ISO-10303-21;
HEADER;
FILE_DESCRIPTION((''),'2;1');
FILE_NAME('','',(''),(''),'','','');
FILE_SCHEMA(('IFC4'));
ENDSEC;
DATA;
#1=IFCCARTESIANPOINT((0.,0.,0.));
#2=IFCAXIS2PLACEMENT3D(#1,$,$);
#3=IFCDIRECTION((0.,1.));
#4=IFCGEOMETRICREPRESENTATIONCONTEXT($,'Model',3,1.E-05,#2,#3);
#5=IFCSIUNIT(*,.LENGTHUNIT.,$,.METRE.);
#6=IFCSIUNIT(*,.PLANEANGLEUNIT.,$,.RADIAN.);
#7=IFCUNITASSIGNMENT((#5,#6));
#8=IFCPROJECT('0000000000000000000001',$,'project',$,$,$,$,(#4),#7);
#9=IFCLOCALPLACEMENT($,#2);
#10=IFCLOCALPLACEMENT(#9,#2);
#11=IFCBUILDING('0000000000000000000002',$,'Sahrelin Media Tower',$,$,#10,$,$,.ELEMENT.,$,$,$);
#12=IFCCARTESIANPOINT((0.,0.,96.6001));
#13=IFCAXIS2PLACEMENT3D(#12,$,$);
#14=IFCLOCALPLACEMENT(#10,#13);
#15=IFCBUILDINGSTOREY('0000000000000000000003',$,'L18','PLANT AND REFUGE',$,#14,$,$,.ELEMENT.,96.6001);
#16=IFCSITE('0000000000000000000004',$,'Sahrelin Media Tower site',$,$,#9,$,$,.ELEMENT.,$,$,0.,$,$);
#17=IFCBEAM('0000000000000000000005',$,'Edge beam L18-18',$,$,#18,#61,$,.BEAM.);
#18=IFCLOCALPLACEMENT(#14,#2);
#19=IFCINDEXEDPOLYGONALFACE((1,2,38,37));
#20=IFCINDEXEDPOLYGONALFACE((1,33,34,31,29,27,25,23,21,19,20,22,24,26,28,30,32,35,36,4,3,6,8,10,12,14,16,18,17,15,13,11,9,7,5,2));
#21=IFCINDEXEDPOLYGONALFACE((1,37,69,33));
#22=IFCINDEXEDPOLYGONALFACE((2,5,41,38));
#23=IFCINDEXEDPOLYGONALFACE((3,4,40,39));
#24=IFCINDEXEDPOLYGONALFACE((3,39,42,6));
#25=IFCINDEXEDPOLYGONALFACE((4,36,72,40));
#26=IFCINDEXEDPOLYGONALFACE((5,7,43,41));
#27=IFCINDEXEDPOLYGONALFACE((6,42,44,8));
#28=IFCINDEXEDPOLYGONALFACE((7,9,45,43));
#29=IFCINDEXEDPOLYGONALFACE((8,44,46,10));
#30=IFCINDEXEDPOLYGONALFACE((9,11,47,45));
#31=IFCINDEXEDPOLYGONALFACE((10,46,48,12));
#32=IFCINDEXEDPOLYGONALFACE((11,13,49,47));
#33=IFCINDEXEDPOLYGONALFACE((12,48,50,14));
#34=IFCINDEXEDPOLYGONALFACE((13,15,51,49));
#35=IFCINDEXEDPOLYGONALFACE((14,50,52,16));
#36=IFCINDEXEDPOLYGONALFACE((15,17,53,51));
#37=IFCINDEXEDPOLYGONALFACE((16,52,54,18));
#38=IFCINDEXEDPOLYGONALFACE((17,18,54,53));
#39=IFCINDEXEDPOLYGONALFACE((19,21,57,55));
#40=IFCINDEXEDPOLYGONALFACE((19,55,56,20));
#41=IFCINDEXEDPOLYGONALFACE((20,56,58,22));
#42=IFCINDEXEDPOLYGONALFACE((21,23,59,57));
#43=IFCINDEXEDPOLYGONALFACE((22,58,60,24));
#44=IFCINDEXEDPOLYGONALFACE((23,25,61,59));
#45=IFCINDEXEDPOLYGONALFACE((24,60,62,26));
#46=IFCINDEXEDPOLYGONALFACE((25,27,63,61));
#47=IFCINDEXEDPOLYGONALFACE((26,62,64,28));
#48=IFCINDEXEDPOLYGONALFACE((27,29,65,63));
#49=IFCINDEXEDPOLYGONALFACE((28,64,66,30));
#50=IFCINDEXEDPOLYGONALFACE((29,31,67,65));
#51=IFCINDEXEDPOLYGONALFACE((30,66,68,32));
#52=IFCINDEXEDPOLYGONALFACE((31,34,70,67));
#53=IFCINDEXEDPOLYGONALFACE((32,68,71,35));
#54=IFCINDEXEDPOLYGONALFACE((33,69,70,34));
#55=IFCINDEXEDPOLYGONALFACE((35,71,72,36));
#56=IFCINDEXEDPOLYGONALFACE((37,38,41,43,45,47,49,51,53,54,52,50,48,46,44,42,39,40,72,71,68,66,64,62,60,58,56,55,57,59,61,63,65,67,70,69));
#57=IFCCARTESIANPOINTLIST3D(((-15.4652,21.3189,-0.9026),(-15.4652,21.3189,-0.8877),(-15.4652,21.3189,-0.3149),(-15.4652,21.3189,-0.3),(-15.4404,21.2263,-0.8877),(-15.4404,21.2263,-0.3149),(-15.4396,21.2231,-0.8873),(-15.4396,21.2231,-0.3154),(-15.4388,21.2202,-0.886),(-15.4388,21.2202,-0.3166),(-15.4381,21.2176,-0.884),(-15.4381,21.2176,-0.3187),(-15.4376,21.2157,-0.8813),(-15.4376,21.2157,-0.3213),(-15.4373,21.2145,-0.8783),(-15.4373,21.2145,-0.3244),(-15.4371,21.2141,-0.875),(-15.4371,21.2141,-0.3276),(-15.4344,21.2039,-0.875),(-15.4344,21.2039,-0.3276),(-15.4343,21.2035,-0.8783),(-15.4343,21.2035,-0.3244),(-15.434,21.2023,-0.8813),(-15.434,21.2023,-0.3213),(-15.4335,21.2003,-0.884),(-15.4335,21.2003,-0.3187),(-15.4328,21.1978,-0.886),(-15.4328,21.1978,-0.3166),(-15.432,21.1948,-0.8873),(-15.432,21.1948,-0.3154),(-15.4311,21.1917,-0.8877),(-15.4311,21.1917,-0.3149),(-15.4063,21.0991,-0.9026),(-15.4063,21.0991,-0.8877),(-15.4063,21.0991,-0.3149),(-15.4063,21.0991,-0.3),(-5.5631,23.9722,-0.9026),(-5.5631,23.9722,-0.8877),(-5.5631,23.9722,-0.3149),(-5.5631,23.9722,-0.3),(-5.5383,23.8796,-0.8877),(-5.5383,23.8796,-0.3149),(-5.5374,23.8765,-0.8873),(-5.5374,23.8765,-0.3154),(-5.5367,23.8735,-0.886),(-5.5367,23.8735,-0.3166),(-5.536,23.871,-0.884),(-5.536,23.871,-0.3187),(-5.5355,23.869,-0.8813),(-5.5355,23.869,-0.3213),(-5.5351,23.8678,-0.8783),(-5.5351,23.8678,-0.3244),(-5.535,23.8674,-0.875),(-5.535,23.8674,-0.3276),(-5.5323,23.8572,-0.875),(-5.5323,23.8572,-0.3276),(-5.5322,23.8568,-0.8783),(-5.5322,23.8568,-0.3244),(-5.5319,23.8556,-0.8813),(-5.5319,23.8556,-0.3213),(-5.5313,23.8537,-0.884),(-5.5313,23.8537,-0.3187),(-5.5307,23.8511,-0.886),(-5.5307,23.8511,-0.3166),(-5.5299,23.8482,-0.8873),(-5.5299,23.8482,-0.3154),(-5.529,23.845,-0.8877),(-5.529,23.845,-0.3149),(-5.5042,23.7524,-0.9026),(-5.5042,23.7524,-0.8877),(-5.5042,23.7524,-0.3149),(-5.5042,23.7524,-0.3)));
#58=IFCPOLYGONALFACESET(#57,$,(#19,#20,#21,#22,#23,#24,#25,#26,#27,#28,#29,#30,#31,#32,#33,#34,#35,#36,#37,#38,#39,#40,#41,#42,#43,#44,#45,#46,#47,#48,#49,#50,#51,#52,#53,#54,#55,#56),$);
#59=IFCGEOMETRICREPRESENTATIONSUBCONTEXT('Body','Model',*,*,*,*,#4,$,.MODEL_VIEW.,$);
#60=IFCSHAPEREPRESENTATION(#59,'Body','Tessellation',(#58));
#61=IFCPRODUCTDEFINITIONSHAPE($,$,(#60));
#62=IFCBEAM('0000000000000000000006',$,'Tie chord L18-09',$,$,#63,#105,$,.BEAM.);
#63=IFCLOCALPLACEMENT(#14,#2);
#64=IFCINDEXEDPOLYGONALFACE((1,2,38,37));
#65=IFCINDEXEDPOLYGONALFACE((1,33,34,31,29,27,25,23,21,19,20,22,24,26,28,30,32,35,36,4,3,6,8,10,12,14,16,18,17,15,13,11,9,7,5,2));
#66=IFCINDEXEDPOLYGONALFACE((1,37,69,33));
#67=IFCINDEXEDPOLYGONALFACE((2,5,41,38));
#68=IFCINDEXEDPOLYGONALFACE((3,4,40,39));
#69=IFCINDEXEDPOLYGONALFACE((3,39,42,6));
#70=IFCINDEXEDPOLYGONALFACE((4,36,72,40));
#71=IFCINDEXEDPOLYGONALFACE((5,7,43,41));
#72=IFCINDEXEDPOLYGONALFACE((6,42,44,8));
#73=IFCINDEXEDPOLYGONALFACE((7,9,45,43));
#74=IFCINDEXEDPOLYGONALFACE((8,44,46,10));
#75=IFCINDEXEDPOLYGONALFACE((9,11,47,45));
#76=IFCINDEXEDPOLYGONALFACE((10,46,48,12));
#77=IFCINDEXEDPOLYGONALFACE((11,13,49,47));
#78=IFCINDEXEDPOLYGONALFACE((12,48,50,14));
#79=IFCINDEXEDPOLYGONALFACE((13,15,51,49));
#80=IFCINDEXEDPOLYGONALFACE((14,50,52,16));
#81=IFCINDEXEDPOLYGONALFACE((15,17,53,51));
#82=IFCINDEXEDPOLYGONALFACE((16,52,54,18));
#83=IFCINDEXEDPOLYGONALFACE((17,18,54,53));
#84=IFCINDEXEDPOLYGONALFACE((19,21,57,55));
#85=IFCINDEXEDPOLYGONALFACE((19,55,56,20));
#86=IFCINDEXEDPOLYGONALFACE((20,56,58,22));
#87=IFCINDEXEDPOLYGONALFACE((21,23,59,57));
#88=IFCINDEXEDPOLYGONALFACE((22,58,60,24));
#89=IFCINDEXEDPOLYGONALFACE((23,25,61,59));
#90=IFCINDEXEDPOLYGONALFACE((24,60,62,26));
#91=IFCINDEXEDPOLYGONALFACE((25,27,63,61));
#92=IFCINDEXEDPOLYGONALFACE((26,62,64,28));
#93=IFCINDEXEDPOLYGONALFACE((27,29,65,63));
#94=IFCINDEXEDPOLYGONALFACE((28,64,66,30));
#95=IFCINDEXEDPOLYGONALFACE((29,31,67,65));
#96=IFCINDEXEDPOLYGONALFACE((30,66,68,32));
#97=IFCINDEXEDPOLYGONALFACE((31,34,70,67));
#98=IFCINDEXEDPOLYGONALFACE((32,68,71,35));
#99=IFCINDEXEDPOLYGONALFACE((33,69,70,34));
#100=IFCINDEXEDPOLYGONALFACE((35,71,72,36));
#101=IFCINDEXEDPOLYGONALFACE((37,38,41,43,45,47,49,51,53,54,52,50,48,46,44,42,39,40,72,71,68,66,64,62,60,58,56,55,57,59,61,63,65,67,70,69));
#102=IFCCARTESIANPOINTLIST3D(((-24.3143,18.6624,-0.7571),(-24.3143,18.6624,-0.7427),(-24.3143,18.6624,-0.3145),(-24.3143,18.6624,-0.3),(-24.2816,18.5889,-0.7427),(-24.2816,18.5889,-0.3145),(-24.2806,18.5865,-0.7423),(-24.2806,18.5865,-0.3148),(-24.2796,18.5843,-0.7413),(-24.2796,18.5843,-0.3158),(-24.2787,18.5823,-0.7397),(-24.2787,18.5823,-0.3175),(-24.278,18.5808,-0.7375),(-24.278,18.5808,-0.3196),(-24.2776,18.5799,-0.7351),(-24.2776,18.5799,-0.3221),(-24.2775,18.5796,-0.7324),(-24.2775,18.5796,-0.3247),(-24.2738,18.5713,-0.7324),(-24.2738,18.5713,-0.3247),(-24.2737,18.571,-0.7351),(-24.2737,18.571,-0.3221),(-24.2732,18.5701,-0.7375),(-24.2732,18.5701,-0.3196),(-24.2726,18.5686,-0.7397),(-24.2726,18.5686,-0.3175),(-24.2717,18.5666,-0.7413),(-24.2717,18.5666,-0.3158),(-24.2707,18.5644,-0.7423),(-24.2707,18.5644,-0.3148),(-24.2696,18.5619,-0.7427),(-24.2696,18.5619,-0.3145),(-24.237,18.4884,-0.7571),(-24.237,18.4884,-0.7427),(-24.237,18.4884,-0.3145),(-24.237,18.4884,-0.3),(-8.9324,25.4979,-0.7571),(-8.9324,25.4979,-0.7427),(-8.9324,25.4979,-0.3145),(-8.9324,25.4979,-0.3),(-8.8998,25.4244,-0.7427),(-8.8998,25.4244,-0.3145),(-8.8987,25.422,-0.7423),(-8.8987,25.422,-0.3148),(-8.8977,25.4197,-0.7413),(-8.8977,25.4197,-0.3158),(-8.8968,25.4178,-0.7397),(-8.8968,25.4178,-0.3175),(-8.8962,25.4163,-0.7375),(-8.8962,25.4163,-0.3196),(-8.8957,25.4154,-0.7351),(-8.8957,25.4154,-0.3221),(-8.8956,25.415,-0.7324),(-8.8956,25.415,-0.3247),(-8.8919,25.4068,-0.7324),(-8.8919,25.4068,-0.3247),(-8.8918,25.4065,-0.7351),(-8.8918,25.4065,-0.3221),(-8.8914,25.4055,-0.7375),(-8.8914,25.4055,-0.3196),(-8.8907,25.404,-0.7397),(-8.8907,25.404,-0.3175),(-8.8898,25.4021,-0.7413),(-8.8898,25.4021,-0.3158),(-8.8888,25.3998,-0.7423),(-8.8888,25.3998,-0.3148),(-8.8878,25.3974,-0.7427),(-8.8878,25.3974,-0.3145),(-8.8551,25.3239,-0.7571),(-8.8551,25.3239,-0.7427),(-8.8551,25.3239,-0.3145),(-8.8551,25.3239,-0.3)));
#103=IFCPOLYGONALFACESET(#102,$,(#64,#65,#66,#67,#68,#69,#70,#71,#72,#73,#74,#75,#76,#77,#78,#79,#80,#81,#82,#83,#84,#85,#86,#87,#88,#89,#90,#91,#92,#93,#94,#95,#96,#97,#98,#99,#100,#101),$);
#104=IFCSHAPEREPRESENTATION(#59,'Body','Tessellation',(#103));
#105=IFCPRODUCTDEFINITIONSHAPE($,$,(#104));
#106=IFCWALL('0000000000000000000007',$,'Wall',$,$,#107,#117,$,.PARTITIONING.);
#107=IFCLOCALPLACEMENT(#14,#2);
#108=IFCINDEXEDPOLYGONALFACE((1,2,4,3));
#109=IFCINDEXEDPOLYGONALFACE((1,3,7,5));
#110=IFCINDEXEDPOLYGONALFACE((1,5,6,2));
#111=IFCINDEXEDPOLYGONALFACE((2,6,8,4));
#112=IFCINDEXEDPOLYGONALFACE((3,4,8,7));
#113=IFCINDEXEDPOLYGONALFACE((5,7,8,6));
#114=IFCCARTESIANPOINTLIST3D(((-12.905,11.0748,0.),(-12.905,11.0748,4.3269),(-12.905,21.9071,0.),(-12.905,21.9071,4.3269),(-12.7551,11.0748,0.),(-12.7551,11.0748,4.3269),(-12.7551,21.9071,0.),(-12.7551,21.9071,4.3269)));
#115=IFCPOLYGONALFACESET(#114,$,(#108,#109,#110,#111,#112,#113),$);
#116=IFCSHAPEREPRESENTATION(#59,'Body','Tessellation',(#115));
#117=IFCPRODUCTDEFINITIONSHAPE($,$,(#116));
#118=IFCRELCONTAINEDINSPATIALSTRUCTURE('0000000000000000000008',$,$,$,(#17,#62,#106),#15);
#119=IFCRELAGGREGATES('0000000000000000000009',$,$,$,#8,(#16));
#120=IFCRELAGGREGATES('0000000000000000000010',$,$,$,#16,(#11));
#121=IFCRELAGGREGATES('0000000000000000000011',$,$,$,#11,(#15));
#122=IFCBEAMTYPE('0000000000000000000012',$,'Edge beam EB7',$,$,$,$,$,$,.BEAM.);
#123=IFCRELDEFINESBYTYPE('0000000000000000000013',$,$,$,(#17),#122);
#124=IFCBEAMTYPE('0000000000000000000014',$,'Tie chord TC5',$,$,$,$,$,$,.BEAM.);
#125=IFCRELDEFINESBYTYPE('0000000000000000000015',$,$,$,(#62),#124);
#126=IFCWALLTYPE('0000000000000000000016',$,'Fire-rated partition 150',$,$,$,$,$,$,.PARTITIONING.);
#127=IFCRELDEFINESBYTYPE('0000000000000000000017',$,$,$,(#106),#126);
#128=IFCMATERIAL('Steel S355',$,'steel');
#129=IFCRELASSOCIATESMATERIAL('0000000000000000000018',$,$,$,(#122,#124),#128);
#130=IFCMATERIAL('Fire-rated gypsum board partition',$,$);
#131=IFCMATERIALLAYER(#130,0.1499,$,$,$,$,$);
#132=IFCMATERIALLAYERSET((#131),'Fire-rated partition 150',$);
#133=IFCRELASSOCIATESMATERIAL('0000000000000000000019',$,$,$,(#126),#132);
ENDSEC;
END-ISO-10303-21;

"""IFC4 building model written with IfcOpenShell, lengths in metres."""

from ifc_helpers import new_model, si_unit, direction, frame, frame_2d, origin, origin_2d, place, context, subcontext, project, spatial, rectangle, i_section, extrude, material, layer, layer_set, material_profile, profile_set, type_object, element, save


model = new_model("IFC4")

# Units and contexts
model_context = context("Model", 3, precision=1e-05, world=origin(), true_north=direction((0.0, 1.0)))
body_context = subcontext(model_context, "Body", "Model", "MODEL_VIEW")
ifc_project = project(units=[si_unit("LENGTHUNIT", "METRE"), si_unit("PLANEANGLEUNIT", "RADIAN")], contexts=[model_context])

# Site, building, storey
site_placement = place(None, origin())
site = spatial("IfcSite", under=ifc_project, at=site_placement, Name="Sahrelin Media Tower site", CompositionType="ELEMENT", RefElevation=0.0)
building_placement = place(site_placement, origin())
building = spatial("IfcBuilding", under=site, at=building_placement, Name="Sahrelin Media Tower", CompositionType="ELEMENT")
storey_placement = place(building_placement, frame((0.0, 0.0, 96.6001)))
storey = spatial("IfcBuildingStorey", under=building, at=storey_placement, Name="L18", Description="PLANT AND REFUGE", CompositionType="ELEMENT", Elevation=96.6001)

# Beams
ifc_material_1 = material(Name="Steel S355", Category="steel")
ifc_material_profile_1 = material_profile(ifc_material_1, i_section(OverallWidth=0.2275, OverallDepth=0.6025, WebThickness=0.0105, FlangeThickness=0.0149, FilletRadius=0.0127, at=origin_2d()), Name="UB 610x229x101")
ifc_profile_set_1 = profile_set([ifc_material_profile_1], Name="Steel S355")
beam_type_1 = type_object("IfcBeamType", Name="Edge beam EB7", PredefinedType="BEAM", material=ifc_profile_set_1)
beam_1_placement = place(storey_placement, frame((-15.4358, 21.209, -0.6013), z_axis=(0.965924, 0.258825, 0.0), x_axis=(-0.258825, 0.965924, 0.0)))
element("IfcBeam", 1, at=beam_1_placement, inside=storey, type_object=beam_type_1, Name="Edge beam L18-18", PredefinedType="BEAM", context=body_context, shape_type="SweptSolid", body=[
    extrude(i_section(OverallWidth=0.2275, OverallDepth=0.6025, WebThickness=0.0105, FlangeThickness=0.0149, FilletRadius=0.0127, at=origin_2d()), origin(), (0.0, 0.0, 1.0), 10.2515),
])
ifc_material_profile_2 = material_profile(ifc_material_1, i_section(OverallWidth=0.1904, OverallDepth=0.457, WebThickness=0.009, FlangeThickness=0.0144, FilletRadius=0.0103, at=origin_2d()), Name="UB 457x191x74")
ifc_profile_set_2 = profile_set([ifc_material_profile_2], Name="Steel S355")
beam_type_2 = type_object("IfcBeamType", Name="Tie chord TC5", PredefinedType="BEAM", material=ifc_profile_set_2)
beam_2_placement = place(storey_placement, frame((-24.2756, 18.5754, -0.5286), z_axis=(0.913832, 0.406093, 0.0), x_axis=(-0.406093, 0.913832, 0.0)))
element("IfcBeam", 2, at=beam_2_placement, inside=storey, type_object=beam_type_2, Name="Tie chord L18-09", PredefinedType="BEAM", context=body_context, shape_type="SweptSolid", body=[
    extrude(i_section(OverallWidth=0.1904, OverallDepth=0.457, WebThickness=0.009, FlangeThickness=0.0144, FilletRadius=0.0103, at=origin_2d()), origin(), (0.0, 0.0, 1.0), 16.8323),
])

# Wall
ifc_material_2 = material(Name="Fire-rated gypsum board partition")
ifc_layer = layer(ifc_material_2, 0.1499)
ifc_layer_set = layer_set([ifc_layer], Name="Fire-rated partition 150")
wall_type = type_object("IfcWallType", Name="Fire-rated partition 150", PredefinedType="PARTITIONING", material=ifc_layer_set)
wall_placement = place(storey_placement, frame((-12.8301, 11.075, 0.0), z_axis=(0.0, 0.0, 1.0), x_axis=(0.0, 1.0, 0.0)))
element("IfcWall", 3, at=wall_placement, inside=storey, type_object=wall_type, Name="Wall", PredefinedType="PARTITIONING", context=body_context, shape_type="SweptSolid", body=[
    extrude(rectangle(XDim=10.8323, YDim=0.1499, at=frame_2d((5.416, 0.0))), origin(), (0.0, 0.0, 1.0), 4.3269),
])

save(model, "model.ifc")
